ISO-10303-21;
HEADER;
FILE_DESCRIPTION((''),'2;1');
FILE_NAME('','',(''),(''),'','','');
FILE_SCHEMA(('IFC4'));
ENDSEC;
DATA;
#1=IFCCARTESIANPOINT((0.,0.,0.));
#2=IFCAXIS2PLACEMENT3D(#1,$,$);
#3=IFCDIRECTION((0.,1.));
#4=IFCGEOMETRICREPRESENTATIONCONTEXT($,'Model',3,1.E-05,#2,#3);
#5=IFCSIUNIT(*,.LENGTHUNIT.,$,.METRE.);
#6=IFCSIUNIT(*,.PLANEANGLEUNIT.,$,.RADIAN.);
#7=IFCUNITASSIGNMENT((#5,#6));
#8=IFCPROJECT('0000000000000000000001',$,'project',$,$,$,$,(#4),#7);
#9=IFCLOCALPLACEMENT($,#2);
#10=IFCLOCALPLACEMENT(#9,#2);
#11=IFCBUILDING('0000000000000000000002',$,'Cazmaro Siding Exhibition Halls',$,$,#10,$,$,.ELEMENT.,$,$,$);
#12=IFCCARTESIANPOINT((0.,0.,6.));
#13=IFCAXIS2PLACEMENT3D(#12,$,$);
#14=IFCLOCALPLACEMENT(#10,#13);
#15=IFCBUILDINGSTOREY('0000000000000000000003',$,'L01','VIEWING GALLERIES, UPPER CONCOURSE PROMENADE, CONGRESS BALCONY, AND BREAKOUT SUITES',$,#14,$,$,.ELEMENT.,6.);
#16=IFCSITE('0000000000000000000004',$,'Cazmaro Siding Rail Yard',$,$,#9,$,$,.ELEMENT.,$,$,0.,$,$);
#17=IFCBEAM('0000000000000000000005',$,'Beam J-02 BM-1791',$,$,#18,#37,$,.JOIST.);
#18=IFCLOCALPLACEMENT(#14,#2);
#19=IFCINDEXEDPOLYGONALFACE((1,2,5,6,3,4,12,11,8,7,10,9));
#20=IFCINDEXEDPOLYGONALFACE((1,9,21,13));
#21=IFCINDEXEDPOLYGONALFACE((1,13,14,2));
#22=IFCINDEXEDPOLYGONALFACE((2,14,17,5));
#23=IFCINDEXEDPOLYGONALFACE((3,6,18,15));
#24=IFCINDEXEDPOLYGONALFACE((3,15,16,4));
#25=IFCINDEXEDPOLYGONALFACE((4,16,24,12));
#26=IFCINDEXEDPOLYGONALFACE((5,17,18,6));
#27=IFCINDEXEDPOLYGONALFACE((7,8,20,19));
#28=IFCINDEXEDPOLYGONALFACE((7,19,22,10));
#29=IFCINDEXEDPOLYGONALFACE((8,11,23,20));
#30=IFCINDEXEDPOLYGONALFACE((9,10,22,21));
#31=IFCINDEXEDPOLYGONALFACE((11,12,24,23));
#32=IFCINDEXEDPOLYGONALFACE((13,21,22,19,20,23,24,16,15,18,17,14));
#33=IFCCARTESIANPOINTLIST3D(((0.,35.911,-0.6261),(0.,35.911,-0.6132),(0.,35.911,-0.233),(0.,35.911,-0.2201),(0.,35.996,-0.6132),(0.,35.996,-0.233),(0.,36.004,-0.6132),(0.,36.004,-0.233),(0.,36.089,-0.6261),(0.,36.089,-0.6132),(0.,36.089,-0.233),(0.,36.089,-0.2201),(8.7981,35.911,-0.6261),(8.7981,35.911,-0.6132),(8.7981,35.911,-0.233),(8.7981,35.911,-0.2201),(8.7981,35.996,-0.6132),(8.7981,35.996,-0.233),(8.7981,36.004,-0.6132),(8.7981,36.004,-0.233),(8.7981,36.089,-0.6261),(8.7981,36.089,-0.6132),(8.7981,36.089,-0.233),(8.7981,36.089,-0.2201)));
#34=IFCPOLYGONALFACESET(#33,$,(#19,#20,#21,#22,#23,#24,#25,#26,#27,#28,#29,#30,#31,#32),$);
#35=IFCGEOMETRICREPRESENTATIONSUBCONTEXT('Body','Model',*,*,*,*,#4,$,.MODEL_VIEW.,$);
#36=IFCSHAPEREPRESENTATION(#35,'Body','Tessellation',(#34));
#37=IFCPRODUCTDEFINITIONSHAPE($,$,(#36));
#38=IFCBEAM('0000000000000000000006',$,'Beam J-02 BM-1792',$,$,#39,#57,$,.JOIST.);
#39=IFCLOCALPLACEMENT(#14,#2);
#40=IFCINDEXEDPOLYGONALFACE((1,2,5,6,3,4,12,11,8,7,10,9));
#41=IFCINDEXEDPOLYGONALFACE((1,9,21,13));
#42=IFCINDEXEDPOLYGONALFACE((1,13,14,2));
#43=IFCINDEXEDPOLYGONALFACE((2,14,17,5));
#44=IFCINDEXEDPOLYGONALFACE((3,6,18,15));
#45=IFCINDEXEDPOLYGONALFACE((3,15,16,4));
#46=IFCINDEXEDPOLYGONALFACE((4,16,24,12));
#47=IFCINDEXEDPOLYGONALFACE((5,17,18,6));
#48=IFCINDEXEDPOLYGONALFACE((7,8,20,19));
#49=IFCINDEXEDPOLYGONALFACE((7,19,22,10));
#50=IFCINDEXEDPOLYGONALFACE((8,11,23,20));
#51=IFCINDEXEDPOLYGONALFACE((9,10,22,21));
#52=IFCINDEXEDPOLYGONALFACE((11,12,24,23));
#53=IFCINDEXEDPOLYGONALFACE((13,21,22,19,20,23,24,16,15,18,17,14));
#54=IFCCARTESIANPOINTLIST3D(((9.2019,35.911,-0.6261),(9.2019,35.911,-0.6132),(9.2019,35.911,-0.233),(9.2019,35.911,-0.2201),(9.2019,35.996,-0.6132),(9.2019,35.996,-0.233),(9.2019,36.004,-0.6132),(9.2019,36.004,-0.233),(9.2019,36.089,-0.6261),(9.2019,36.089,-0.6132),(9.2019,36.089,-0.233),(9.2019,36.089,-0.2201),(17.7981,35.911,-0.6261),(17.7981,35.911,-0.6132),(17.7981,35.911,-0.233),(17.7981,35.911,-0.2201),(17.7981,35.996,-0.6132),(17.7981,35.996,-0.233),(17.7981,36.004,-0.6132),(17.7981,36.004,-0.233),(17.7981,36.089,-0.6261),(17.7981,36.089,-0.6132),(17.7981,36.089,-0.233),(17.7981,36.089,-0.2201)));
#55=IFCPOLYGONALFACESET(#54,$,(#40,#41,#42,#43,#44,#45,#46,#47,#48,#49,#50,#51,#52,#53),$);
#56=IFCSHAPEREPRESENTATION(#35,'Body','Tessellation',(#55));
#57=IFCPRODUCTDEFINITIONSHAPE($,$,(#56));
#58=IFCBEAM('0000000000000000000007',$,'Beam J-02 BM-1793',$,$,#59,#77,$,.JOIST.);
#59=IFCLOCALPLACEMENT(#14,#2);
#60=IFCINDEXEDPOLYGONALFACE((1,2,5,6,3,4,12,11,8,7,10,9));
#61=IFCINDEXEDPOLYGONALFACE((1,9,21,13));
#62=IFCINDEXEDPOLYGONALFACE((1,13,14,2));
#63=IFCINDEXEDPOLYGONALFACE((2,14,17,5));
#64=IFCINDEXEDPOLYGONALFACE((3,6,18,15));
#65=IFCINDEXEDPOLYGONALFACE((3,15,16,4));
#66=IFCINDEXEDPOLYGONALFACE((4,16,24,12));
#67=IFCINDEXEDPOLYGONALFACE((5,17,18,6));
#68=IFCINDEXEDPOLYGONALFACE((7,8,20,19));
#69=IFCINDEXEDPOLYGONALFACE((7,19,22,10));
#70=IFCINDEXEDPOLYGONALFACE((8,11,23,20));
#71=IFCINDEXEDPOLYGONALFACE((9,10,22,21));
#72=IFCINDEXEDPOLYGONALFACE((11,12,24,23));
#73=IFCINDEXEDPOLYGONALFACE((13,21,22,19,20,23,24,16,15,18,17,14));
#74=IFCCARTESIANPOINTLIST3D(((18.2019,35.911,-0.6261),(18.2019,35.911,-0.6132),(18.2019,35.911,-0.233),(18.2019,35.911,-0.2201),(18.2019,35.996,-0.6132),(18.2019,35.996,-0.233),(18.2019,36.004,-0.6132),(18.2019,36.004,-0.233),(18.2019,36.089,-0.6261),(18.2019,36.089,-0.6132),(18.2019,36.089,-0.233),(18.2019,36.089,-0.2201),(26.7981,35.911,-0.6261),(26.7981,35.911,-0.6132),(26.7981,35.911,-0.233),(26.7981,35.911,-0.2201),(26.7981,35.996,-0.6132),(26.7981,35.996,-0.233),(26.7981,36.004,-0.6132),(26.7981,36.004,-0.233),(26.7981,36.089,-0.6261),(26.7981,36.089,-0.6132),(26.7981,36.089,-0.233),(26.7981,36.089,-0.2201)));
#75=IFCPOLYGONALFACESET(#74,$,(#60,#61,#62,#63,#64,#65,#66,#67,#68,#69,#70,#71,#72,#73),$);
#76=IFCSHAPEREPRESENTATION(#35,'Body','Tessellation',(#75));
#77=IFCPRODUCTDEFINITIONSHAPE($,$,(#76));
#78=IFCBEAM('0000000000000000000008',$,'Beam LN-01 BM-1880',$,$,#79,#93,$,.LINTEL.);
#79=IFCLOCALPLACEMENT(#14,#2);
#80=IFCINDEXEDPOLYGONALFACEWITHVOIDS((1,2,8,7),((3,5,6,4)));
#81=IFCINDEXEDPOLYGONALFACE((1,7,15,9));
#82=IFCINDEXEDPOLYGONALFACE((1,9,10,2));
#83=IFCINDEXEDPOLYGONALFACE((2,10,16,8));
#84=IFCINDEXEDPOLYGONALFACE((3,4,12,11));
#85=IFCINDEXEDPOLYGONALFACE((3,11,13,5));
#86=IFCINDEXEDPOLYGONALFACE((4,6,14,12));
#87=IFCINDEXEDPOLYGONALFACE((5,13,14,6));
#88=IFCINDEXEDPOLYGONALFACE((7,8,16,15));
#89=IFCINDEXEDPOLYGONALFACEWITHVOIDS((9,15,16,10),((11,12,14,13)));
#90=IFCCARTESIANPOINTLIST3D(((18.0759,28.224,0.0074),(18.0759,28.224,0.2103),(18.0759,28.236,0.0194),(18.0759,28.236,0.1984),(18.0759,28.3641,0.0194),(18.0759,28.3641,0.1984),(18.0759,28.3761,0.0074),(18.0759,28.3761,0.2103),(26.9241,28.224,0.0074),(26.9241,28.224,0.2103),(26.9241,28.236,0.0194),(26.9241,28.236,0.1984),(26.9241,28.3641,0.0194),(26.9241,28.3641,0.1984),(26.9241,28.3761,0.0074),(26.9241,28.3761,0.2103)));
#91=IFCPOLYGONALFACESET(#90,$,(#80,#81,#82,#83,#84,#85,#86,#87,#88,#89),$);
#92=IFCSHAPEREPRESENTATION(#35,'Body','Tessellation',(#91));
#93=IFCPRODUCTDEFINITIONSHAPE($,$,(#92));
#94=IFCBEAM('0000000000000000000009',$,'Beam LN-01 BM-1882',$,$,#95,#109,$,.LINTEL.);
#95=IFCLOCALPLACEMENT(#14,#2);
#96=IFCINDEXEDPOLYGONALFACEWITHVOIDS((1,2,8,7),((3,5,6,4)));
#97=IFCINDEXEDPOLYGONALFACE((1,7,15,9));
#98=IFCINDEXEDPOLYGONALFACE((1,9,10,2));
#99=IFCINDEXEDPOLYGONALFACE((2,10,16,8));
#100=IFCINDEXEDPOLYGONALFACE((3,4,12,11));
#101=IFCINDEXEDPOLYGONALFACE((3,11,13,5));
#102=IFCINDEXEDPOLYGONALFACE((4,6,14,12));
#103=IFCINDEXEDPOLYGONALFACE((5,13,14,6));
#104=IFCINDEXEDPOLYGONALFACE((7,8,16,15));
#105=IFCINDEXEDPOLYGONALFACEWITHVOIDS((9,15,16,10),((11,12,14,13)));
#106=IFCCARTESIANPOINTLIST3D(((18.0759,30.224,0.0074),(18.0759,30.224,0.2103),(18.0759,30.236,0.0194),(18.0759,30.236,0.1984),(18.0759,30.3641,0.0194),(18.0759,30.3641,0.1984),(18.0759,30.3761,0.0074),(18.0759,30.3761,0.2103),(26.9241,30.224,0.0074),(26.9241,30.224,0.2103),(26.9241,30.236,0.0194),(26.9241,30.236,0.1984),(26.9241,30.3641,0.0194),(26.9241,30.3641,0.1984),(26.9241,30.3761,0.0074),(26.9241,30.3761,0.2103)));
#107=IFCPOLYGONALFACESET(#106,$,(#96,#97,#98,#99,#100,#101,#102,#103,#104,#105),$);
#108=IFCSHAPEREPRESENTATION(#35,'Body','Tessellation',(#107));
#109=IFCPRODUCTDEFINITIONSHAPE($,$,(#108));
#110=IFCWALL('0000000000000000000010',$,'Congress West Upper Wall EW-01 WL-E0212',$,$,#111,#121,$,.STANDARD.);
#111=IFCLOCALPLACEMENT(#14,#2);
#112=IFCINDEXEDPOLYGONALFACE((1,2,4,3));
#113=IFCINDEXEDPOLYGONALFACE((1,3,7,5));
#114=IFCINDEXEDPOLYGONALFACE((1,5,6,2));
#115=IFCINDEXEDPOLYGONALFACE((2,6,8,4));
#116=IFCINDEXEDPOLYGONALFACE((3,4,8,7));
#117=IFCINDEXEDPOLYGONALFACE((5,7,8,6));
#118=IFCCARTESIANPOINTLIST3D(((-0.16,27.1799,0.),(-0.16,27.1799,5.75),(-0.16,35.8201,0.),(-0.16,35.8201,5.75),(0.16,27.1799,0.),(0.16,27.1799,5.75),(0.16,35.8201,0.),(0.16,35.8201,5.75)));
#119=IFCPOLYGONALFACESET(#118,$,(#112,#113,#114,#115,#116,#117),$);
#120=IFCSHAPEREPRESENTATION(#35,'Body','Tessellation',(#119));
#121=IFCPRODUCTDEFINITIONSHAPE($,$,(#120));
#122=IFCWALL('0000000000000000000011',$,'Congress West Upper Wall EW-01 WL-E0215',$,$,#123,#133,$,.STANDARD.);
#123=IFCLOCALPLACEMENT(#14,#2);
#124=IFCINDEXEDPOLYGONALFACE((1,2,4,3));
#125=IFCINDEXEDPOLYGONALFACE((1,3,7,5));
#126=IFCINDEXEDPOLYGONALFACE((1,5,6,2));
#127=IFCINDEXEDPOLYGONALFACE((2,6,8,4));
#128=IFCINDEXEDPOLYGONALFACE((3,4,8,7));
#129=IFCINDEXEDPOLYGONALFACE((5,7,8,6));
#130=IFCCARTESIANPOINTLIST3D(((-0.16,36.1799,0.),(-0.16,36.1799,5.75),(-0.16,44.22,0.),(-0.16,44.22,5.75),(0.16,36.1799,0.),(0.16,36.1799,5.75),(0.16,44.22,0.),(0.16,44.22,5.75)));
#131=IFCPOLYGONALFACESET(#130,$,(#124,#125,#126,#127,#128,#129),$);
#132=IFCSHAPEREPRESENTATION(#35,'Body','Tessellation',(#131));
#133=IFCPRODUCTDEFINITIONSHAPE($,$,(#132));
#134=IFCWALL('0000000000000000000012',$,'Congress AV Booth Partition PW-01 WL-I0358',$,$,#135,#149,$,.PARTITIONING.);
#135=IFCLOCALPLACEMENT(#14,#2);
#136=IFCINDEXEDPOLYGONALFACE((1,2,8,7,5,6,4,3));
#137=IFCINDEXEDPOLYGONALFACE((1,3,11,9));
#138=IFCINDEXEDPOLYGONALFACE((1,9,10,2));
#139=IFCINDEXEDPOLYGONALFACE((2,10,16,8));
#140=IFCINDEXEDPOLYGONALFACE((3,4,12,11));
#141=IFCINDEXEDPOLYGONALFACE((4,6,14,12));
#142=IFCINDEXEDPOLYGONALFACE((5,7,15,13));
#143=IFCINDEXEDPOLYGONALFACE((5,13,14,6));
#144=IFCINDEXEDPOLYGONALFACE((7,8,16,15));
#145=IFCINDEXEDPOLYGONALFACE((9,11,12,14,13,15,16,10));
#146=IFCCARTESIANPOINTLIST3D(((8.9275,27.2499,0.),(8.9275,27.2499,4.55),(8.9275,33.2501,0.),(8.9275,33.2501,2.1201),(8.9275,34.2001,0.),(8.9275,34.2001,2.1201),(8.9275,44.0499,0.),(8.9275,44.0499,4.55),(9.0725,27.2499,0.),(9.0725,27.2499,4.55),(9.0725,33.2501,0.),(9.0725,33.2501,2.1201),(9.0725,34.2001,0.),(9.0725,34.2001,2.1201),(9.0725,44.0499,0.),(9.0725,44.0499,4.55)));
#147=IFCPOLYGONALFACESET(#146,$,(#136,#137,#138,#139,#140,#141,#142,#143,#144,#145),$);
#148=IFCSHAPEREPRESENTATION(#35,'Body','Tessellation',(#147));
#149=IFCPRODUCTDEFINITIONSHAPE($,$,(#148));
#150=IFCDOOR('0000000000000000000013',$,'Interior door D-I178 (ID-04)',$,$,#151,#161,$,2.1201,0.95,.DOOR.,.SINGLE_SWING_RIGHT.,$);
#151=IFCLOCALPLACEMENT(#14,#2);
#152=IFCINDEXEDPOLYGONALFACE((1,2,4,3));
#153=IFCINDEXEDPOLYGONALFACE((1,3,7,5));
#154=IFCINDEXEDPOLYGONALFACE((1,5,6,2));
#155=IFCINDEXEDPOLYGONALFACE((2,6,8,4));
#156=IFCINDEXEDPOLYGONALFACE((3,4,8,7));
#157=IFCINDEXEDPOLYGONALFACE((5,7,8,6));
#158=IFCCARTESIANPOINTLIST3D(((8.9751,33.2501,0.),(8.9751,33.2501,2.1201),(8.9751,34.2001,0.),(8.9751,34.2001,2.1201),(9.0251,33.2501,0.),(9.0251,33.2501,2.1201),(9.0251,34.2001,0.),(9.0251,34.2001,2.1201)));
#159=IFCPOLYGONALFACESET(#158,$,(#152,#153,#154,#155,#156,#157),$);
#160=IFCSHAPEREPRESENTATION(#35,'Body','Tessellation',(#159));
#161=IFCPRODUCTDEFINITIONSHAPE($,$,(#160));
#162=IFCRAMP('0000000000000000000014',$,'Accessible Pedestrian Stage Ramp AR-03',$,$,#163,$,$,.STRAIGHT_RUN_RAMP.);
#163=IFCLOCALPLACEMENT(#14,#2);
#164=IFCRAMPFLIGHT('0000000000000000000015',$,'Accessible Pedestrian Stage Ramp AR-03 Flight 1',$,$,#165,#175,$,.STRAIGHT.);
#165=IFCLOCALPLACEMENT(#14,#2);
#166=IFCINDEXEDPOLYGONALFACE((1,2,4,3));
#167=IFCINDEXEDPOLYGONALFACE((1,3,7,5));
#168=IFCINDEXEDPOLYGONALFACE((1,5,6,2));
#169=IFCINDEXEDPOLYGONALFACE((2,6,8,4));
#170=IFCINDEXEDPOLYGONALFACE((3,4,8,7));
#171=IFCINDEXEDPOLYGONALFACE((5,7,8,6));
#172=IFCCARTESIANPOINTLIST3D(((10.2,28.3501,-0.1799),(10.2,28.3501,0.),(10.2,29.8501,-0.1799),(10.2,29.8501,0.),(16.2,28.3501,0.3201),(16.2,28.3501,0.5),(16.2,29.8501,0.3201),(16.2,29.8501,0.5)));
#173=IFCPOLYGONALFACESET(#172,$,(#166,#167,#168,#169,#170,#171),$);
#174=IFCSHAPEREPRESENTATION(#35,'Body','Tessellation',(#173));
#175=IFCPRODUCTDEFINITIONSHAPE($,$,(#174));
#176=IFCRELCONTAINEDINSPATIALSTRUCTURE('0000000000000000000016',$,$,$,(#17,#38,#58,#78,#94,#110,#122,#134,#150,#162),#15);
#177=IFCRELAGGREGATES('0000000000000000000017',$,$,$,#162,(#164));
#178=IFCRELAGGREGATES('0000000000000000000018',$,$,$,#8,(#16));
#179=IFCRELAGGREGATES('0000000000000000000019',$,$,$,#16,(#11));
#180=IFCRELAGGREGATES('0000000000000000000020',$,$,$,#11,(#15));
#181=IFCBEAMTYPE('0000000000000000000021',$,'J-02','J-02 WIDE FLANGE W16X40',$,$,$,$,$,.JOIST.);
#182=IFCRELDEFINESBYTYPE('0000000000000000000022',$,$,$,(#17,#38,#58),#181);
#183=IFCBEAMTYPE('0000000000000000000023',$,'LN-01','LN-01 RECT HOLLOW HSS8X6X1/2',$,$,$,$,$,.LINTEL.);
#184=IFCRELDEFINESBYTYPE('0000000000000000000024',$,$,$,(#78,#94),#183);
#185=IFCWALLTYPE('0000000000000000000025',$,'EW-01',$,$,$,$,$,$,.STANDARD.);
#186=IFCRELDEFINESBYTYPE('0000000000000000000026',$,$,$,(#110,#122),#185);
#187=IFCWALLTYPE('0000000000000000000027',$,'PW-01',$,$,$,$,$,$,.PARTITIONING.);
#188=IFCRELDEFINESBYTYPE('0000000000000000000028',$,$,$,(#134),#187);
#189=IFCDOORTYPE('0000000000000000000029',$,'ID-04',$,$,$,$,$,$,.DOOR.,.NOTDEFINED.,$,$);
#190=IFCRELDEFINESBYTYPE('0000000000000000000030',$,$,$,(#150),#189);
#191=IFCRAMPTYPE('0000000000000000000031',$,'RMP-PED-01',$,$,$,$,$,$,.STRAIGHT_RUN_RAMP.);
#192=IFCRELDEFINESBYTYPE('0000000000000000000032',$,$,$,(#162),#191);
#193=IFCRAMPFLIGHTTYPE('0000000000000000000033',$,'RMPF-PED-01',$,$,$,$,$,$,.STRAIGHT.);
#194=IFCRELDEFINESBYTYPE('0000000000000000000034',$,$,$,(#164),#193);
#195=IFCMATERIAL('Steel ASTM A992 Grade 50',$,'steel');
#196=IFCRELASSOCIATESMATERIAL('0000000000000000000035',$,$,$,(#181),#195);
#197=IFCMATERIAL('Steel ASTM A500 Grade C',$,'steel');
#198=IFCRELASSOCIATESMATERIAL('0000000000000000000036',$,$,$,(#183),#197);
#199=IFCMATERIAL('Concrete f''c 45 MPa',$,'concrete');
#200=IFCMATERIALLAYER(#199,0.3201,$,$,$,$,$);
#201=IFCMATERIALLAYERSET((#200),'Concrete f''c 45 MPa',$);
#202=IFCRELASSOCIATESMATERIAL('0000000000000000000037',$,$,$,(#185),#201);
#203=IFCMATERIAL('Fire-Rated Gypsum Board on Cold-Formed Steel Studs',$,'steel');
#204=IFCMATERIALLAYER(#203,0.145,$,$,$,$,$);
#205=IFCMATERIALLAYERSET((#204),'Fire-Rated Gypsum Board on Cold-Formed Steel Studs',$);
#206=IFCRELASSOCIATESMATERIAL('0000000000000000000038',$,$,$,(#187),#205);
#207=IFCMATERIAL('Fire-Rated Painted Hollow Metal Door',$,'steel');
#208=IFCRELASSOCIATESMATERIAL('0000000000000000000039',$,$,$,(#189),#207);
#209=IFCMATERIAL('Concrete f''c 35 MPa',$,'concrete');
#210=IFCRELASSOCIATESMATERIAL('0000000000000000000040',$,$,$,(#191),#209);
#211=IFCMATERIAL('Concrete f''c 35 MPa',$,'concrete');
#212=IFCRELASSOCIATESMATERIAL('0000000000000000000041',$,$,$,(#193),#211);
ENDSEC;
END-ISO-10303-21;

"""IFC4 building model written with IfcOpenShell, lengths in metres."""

from ifc_helpers import new_model, si_unit, direction, frame, frame_2d, origin, origin_2d, place, context, subcontext, project, spatial, polyline, rectangle, hollow_rectangle, i_section, outline, extrude, material, layer, layer_set, material_profile, profile_set, type_object, element, fill, aggregate, save


model = new_model("IFC4")

# Units and contexts
model_context = context("Model", 3, precision=1e-05, world=origin(), true_north=direction((0.0, 1.0)))
body_context = subcontext(model_context, "Body", "Model", "MODEL_VIEW")
ifc_project = project(units=[si_unit("LENGTHUNIT", "METRE"), si_unit("PLANEANGLEUNIT", "RADIAN")], contexts=[model_context])

# Site, building, storey
site_placement = place(None, origin())
site = spatial("IfcSite", under=ifc_project, at=site_placement, Name="Cazmaro Siding Rail Yard", CompositionType="ELEMENT", RefElevation=0.0)
building_placement = place(site_placement, origin())
building = spatial("IfcBuilding", under=site, at=building_placement, Name="Cazmaro Siding Exhibition Halls", CompositionType="ELEMENT")
storey_placement = place(building_placement, frame((0.0, 0.0, 6.0)))
storey = spatial("IfcBuildingStorey", under=building, at=storey_placement, Name="L01", Description="VIEWING GALLERIES, UPPER CONCOURSE PROMENADE, CONGRESS BALCONY, AND BREAKOUT SUITES", CompositionType="ELEMENT", Elevation=6.0)

# Beams
ifc_material_1 = material(Name="Steel ASTM A992 Grade 50", Category="steel")
ifc_material_profile_1 = material_profile(ifc_material_1, i_section(OverallWidth=0.178, OverallDepth=0.406, WebThickness=0.0081, FlangeThickness=0.0129, at=origin_2d()), Name="W16X40")
ifc_profile_set_1 = profile_set([ifc_material_profile_1], Name="Steel ASTM A992 Grade 50")
beam_type_1 = type_object("IfcBeamType", Name="J-02", Description="J-02 WIDE FLANGE W16X40", PredefinedType="JOIST", material=ifc_profile_set_1)
beam_placement = place(storey_placement, frame((0.0, 36.0, -0.4231), z_axis=(1.0, 0.0, 0.0), x_axis=(0.0, 1.0, 0.0)))
element("IfcBeam", 1, at=beam_placement, inside=storey, type_object=beam_type_1, Name="Beam J-02 BM-1791", PredefinedType="JOIST", context=body_context, shape_type="SweptSolid", body=[
    extrude(i_section(OverallWidth=0.178, OverallDepth=0.406, WebThickness=0.0081, FlangeThickness=0.0129, at=origin_2d()), origin(), (0.0, 0.0, 1.0), 8.7981),
])
for number, where, z_axis, x_axis, name in (
    (2, (9.2019, 36.0, -0.4231), (1.0, 0.0, 0.0), (0.0, 1.0, 0.0), "Beam J-02 BM-1792"),
    (3, (18.2019, 36.0, -0.4231), (1.0, 0.0, 0.0), (0.0, 1.0, 0.0), "Beam J-02 BM-1793"),
):
    element("IfcBeam", number, at=place(storey_placement, frame(where, z_axis=z_axis, x_axis=x_axis)), inside=storey, type_object=beam_type_1, Name=name, PredefinedType="JOIST", context=body_context, shape_type="SweptSolid", body=[
        extrude(i_section(OverallWidth=0.178, OverallDepth=0.406, WebThickness=0.0081, FlangeThickness=0.0129, at=origin_2d()), origin(), (0.0, 0.0, 1.0), 8.5962),
    ])
ifc_material_2 = material(Name="Steel ASTM A500 Grade C", Category="steel")
ifc_material_profile_2 = material_profile(ifc_material_2, hollow_rectangle(XDim=0.1521, YDim=0.2029, WallThickness=0.012, at=origin_2d()), Name="HSS8X6X1/2")
ifc_profile_set_2 = profile_set([ifc_material_profile_2], Name="Steel ASTM A500 Grade C")
beam_type_2 = type_object("IfcBeamType", Name="LN-01", Description="LN-01 RECT HOLLOW HSS8X6X1/2", PredefinedType="LINTEL", material=ifc_profile_set_2)
for number, where, z_axis, x_axis, name in (
    (4, (18.0759, 28.3, 0.1089), (1.0, 0.0, 0.0), (0.0, 1.0, 0.0), "Beam LN-01 BM-1880"),
    (5, (18.0759, 30.3, 0.1089), (1.0, 0.0, 0.0), (0.0, 1.0, 0.0), "Beam LN-01 BM-1882"),
):
    element("IfcBeam", number, at=place(storey_placement, frame(where, z_axis=z_axis, x_axis=x_axis)), inside=storey, type_object=beam_type_2, Name=name, PredefinedType="LINTEL", context=body_context, shape_type="SweptSolid", body=[
        extrude(hollow_rectangle(XDim=0.1521, YDim=0.2029, WallThickness=0.012, at=origin_2d()), origin(), (0.0, 0.0, 1.0), 8.8481),
    ])

# Walls
ifc_material_3 = material(Name="Concrete f'c 45 MPa", Category="concrete")
ifc_layer_1 = layer(ifc_material_3, 0.3201)
ifc_layer_set_1 = layer_set([ifc_layer_1], Name="Concrete f'c 45 MPa")
wall_type_1 = type_object("IfcWallType", Name="EW-01", PredefinedType="STANDARD", material=ifc_layer_set_1)
wall_1_placement = place(storey_placement, frame((0.0, 27.1799, 0.0), z_axis=(0.0, 0.0, 1.0), x_axis=(0.0, 1.0, 0.0)))
element("IfcWall", 6, at=wall_1_placement, inside=storey, type_object=wall_type_1, Name="Congress West Upper Wall EW-01 WL-E0212", PredefinedType="STANDARD", context=body_context, shape_type="SweptSolid", body=[
    extrude(rectangle(XDim=8.6401, YDim=0.3201, at=frame_2d((4.3201, 0.0))), origin(), (0.0, 0.0, 1.0), 5.75),
])
wall_2_placement = place(storey_placement, frame((0.0, 36.1799, 0.0), z_axis=(0.0, 0.0, 1.0), x_axis=(0.0, 1.0, 0.0)))
element("IfcWall", 7, at=wall_2_placement, inside=storey, type_object=wall_type_1, Name="Congress West Upper Wall EW-01 WL-E0215", PredefinedType="STANDARD", context=body_context, shape_type="SweptSolid", body=[
    extrude(rectangle(XDim=8.04, YDim=0.3201, at=frame_2d((4.02, 0.0))), origin(), (0.0, 0.0, 1.0), 5.75),
])

# Wall, opening, door
ifc_material_4 = material(Name="Fire-Rated Gypsum Board on Cold-Formed Steel Studs", Category="steel")
ifc_layer_2 = layer(ifc_material_4, 0.145)
ifc_layer_set_2 = layer_set([ifc_layer_2], Name="Fire-Rated Gypsum Board on Cold-Formed Steel Studs")
wall_type_2 = type_object("IfcWallType", Name="PW-01", PredefinedType="PARTITIONING", material=ifc_layer_set_2)
wall_3_placement = place(storey_placement, frame((9.0, 27.25, 0.0), z_axis=(0.0, 0.0, 1.0), x_axis=(0.0, 1.0, 0.0)))
wall_3 = element("IfcWall", 8, at=wall_3_placement, inside=storey, type_object=wall_type_2, Name="Congress AV Booth Partition PW-01 WL-I0358", PredefinedType="PARTITIONING", context=body_context, shape_type="SweptSolid", body=[
    extrude(rectangle(XDim=16.8, YDim=0.145, at=frame_2d((8.3999, 0.0))), origin(), (0.0, 0.0, 1.0), 4.55),
])
opening_placement = place(wall_3_placement, frame((6.0, 0.0, 0.0)))
opening = element("IfcOpeningElement", 9, at=opening_placement, cuts=wall_3, PredefinedType="OPENING", context=body_context, shape_type="SweptSolid", body=[
    extrude(rectangle(XDim=0.95, YDim=2.1201, at=frame_2d((0.4751, 1.0601))), frame((0.0, 0.0825, 0.0), z_axis=(0.0, -1.0, 0.0), x_axis=(1.0, 0.0, 0.0)), (0.0, 0.0, 1.0), 0.165),
])
ifc_material_5 = material(Name="Fire-Rated Painted Hollow Metal Door", Category="steel")
door_type = type_object("IfcDoorType", Name="ID-04", OperationType="NOTDEFINED", PredefinedType="DOOR", material=ifc_material_5)
door_placement = place(opening_placement, origin())
door = element("IfcDoor", 10, at=door_placement, inside=storey, type_object=door_type, Name="Interior door D-I178 (ID-04)", OperationType="SINGLE_SWING_RIGHT", OverallHeight=2.1201, OverallWidth=0.95, PredefinedType="DOOR", context=body_context, shape_type="SweptSolid", body=[
    extrude(rectangle(XDim=0.95, YDim=2.1201, at=frame_2d((0.4751, 1.0601))), frame((0.0, 0.0249, 0.0), z_axis=(0.0, -1.0, 0.0), x_axis=(1.0, 0.0, 0.0)), (0.0, 0.0, 1.0), 0.05),
])
fill(opening, door)

# Ramp, ramp flight
ifc_material_6 = material(Name="Concrete f'c 35 MPa", Category="concrete")
ramp_type = type_object("IfcRampType", Name="RMP-PED-01", PredefinedType="STRAIGHT_RUN_RAMP", material=ifc_material_6)
ramp_placement = place(storey_placement, origin())
ramp = element("IfcRamp", 11, at=ramp_placement, inside=storey, type_object=ramp_type, Name="Accessible Pedestrian Stage Ramp AR-03", PredefinedType="STRAIGHT_RUN_RAMP")
ifc_material_7 = material(Name="Concrete f'c 35 MPa", Category="concrete")
ramp_flight_type = type_object("IfcRampFlightType", Name="RMPF-PED-01", PredefinedType="STRAIGHT", material=ifc_material_7)
ramp_flight_placement = place(storey_placement, frame((10.2, 29.1001, 0.0), z_axis=(0.0, 0.0, 1.0), x_axis=(1.0, 0.0, 0.0)))
ramp_flight = element("IfcRampFlight", 12, at=ramp_flight_placement, type_object=ramp_flight_type, Name="Accessible Pedestrian Stage Ramp AR-03 Flight 1", PredefinedType="STRAIGHT", context=body_context, shape_type="SweptSolid", body=[
    extrude(outline(polyline([(0.0, -0.1799), (6.0, 0.3201), (6.0, 0.5), (0.0, 0.0), (0.0, -0.1799)])), frame((0.0, 0.75, 0.0), z_axis=(0.0, -1.0, 0.0), x_axis=(1.0, 0.0, 0.0)), (0.0, 0.0, 1.0), 1.5),
])
aggregate(ramp, [ramp_flight])

save(model, "model.ifc")
